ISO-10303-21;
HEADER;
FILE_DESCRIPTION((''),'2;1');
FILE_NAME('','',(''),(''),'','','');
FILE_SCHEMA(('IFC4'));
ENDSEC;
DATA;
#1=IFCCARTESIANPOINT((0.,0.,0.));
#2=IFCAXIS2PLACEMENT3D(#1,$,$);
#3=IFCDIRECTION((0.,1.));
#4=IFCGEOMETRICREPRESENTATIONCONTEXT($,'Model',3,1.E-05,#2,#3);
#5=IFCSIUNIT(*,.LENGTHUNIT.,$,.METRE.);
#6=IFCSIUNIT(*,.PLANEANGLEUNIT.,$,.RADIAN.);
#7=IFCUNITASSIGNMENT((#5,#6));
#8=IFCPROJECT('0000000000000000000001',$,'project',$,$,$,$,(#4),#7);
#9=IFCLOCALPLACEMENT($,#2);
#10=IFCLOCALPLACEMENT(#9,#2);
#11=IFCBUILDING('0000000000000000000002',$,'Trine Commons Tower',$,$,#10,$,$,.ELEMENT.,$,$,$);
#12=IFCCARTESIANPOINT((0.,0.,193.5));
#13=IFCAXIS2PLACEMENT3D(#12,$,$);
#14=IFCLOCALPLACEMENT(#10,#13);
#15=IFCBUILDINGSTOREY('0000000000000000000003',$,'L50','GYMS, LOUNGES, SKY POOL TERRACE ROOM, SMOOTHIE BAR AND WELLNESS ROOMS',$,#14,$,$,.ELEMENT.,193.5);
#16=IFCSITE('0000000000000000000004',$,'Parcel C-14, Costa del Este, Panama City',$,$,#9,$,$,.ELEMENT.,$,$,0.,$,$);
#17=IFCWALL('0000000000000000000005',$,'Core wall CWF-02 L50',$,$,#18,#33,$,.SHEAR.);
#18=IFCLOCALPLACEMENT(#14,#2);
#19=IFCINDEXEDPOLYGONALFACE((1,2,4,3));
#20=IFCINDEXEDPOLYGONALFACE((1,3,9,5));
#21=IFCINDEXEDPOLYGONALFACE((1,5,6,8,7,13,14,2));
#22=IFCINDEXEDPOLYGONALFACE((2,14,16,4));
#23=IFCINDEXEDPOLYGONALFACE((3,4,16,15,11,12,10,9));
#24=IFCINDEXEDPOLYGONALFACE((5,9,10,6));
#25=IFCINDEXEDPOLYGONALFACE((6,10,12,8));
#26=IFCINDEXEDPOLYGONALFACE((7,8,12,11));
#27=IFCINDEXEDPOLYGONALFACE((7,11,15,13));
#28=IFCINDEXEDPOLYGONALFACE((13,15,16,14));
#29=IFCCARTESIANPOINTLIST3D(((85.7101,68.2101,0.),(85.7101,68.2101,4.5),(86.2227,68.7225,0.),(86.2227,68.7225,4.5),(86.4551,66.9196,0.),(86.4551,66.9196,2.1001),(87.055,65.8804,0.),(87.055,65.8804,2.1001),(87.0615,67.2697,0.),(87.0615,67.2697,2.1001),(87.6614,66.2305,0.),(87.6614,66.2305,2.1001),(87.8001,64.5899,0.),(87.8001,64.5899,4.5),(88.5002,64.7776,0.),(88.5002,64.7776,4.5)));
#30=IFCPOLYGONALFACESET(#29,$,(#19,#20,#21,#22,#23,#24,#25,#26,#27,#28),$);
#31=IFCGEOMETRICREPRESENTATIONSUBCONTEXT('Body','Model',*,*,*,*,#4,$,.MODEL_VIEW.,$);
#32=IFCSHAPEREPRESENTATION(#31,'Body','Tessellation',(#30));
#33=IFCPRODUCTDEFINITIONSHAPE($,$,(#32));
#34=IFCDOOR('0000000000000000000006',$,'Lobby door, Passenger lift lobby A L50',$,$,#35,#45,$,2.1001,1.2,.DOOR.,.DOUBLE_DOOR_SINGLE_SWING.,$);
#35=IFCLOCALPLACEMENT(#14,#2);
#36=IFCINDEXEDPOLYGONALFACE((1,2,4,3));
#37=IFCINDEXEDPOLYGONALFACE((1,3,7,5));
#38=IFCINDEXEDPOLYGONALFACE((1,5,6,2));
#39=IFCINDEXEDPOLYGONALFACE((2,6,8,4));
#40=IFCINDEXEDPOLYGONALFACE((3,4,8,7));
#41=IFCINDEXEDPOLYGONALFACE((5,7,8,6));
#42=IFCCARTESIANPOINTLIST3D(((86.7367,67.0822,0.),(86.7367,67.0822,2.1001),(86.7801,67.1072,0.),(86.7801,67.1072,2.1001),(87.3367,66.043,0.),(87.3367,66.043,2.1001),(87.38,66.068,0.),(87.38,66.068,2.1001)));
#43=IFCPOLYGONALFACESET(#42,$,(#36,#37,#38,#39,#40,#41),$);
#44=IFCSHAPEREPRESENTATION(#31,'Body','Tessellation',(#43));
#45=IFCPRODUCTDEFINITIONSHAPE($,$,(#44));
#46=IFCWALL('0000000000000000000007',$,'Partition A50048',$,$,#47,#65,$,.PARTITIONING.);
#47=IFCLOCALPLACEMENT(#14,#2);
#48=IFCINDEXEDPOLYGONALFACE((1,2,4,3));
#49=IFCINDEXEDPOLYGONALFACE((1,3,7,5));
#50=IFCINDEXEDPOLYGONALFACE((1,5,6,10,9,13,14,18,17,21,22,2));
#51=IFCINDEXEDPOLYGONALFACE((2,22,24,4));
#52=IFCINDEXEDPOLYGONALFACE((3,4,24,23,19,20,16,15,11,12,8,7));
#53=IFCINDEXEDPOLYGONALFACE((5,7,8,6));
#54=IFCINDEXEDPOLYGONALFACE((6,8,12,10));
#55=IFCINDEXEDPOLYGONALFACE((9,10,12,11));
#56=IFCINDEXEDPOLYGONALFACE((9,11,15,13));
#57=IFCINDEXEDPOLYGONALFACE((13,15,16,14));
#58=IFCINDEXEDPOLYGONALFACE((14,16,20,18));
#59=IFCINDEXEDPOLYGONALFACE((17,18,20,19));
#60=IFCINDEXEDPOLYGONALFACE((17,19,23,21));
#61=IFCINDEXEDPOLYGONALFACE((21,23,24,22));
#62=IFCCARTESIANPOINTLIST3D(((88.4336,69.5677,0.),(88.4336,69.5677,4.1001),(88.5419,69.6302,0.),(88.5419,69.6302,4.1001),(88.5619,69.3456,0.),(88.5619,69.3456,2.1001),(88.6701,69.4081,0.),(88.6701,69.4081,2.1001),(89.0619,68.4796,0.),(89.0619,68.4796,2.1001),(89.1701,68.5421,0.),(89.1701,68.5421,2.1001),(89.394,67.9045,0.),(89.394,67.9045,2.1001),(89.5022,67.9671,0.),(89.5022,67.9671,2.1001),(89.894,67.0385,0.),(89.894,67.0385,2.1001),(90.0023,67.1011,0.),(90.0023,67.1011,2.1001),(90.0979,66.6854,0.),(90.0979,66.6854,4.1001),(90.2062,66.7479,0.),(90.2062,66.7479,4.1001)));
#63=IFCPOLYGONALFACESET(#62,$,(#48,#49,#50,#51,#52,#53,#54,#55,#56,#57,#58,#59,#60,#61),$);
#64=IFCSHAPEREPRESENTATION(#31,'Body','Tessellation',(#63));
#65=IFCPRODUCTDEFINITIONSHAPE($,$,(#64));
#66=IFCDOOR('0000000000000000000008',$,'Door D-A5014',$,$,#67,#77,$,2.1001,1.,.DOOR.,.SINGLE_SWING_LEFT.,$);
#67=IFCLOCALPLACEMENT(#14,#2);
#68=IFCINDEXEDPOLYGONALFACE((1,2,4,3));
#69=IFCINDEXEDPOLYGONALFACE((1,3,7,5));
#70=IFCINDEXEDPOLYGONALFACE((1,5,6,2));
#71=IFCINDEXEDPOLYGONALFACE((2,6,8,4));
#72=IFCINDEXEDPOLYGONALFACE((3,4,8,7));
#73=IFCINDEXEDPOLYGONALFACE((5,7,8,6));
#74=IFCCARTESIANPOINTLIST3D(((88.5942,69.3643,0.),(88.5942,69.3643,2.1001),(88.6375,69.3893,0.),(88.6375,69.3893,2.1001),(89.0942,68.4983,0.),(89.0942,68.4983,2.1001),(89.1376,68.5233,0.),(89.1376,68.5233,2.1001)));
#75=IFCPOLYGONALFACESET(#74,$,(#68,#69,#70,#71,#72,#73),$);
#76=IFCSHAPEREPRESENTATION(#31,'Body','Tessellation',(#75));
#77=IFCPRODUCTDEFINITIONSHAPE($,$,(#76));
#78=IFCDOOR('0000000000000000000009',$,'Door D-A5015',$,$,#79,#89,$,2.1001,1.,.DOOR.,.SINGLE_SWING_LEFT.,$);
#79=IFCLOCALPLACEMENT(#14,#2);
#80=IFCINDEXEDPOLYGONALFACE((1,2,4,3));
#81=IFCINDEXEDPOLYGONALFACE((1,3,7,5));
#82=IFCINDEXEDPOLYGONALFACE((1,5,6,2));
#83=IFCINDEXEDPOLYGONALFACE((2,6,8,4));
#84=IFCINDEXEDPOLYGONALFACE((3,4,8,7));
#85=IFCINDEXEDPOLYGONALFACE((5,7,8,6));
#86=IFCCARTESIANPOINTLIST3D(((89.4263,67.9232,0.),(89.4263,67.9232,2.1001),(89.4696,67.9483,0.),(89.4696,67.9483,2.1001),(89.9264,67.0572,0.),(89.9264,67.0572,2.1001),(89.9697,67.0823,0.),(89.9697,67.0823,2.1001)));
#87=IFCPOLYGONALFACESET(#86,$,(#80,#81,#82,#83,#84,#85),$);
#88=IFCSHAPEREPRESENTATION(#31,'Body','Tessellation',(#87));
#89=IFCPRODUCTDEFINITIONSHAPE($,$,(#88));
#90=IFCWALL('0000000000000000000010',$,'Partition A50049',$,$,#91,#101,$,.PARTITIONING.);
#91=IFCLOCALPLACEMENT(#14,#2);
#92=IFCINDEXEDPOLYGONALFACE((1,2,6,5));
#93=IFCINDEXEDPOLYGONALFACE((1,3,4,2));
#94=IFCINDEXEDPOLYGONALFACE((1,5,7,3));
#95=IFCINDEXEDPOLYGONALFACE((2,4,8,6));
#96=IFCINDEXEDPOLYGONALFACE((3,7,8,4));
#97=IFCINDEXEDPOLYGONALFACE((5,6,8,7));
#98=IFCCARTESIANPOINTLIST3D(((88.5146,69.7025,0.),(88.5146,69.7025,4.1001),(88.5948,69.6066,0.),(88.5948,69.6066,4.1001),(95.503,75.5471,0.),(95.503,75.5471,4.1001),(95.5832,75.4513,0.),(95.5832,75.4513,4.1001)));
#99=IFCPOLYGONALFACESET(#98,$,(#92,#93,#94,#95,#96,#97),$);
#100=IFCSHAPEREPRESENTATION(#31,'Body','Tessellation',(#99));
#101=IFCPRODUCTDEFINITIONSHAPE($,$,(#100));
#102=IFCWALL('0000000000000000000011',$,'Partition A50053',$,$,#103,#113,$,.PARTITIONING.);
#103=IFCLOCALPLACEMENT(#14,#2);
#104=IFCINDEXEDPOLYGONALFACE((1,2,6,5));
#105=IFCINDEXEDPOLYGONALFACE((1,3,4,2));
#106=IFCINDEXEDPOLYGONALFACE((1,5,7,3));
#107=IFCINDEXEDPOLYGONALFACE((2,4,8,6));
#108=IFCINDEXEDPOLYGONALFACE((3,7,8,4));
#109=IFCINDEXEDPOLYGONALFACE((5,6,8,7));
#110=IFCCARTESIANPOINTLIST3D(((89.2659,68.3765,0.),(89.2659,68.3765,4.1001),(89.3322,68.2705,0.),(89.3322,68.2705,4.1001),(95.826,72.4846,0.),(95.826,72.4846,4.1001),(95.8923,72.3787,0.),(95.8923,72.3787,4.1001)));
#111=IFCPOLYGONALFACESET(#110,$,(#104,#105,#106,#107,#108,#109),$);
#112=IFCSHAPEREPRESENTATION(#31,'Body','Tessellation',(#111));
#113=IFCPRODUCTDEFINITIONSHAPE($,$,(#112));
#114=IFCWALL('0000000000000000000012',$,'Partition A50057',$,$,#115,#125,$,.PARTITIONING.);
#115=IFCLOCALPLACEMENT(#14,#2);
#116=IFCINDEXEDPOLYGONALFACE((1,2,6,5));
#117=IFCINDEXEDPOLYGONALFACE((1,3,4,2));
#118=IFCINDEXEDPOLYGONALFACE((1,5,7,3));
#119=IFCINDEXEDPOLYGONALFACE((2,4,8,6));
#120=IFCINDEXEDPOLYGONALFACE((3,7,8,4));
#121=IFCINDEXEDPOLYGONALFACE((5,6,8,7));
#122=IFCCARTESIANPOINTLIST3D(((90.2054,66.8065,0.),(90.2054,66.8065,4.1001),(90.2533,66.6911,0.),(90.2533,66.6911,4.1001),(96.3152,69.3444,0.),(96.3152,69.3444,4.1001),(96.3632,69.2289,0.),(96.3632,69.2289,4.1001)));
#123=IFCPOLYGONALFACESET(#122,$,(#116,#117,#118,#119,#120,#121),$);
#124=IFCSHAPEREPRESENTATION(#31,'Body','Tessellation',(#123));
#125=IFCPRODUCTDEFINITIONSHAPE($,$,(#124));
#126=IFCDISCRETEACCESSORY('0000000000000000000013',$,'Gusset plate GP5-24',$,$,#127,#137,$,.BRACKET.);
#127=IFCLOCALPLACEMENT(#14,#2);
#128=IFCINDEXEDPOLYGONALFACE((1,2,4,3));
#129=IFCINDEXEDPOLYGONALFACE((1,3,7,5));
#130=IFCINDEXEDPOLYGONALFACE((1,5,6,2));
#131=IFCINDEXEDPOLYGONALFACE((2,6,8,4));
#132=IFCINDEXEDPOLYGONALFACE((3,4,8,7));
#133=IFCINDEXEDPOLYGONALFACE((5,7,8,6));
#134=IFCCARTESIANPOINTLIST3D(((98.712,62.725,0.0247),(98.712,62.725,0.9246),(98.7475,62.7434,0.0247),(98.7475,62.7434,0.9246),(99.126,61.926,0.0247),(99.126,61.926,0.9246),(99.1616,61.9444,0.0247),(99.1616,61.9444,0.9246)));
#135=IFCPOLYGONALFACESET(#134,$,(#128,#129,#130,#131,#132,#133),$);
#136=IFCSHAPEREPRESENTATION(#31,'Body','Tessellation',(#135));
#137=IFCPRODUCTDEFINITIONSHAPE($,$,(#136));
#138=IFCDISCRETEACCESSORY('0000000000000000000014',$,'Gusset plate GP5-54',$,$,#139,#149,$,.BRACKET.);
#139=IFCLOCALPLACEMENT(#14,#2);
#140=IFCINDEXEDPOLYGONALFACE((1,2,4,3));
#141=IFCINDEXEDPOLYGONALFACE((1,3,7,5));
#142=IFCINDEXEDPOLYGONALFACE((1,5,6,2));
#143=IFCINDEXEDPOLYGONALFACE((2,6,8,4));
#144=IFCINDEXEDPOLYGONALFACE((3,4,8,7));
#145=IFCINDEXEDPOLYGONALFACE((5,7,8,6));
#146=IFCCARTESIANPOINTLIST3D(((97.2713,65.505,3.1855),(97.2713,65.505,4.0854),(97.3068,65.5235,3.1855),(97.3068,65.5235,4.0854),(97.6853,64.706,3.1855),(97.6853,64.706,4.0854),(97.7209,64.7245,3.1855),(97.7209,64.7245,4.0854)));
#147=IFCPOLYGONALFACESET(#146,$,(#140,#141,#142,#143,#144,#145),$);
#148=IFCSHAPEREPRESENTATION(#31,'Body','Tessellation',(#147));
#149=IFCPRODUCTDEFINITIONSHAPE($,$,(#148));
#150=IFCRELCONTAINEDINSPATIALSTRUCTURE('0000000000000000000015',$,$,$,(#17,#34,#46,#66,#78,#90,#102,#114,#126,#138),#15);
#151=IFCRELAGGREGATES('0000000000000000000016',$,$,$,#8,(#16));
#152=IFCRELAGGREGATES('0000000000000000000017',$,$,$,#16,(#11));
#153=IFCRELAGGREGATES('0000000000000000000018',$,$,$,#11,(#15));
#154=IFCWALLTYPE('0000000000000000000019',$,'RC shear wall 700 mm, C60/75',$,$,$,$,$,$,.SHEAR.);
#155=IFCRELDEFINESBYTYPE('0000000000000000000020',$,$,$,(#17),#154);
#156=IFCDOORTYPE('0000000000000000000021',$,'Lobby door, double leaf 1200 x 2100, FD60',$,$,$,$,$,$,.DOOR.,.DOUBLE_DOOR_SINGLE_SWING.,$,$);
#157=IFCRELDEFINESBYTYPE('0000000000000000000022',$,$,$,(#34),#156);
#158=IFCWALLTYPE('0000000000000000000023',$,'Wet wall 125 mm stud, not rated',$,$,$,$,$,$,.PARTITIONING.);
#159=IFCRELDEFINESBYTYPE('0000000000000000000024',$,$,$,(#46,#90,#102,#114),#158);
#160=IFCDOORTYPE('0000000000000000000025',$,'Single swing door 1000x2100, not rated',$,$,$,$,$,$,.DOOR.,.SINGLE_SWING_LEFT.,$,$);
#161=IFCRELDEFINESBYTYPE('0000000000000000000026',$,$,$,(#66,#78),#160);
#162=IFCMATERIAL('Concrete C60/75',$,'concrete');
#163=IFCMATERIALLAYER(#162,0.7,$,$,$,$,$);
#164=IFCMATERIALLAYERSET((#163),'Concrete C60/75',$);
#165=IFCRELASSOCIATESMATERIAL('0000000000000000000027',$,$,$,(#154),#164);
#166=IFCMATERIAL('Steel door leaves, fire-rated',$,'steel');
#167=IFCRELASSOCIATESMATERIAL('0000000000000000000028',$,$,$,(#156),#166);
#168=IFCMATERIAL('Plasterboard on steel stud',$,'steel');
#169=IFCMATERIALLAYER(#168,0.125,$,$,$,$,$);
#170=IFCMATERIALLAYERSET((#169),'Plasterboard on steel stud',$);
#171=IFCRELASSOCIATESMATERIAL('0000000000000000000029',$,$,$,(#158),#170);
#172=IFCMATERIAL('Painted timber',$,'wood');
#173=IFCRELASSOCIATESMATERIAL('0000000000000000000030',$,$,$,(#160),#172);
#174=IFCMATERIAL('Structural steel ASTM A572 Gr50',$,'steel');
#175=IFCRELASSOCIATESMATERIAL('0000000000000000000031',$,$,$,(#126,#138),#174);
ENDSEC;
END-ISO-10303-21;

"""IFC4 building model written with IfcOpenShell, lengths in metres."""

from ifc_helpers import new_model, si_unit, direction, frame, frame_2d, origin, origin_2d, place, context, subcontext, project, spatial, polyline, rectangle, outline, extrude, material, layer, layer_set, type_object, element, fill, save


model = new_model("IFC4")

# Units and contexts
model_context = context("Model", 3, precision=1e-05, world=origin(), true_north=direction((0.0, 1.0)))
body_context = subcontext(model_context, "Body", "Model", "MODEL_VIEW")
ifc_project = project(units=[si_unit("LENGTHUNIT", "METRE"), si_unit("PLANEANGLEUNIT", "RADIAN")], contexts=[model_context])

# Site, building, storey
site_placement = place(None, origin())
site = spatial("IfcSite", under=ifc_project, at=site_placement, Name="Parcel C-14, Costa del Este, Panama City", CompositionType="ELEMENT", RefElevation=0.0)
building_placement = place(site_placement, origin())
building = spatial("IfcBuilding", under=site, at=building_placement, Name="Trine Commons Tower", CompositionType="ELEMENT")
storey_placement = place(building_placement, frame((0.0, 0.0, 193.5)))
storey = spatial("IfcBuildingStorey", under=building, at=storey_placement, Name="L50", Description="GYMS, LOUNGES, SKY POOL TERRACE ROOM, SMOOTHIE BAR AND WELLNESS ROOMS", CompositionType="ELEMENT", Elevation=193.5)

# Shared definitions
ifc_material_1 = material(Name="Plasterboard on steel stud", Category="steel")

# Wall, opening, door
ifc_material_2 = material(Name="Concrete C60/75", Category="concrete")
ifc_layer_1 = layer(ifc_material_2, 0.7)
ifc_layer_set_1 = layer_set([ifc_layer_1], Name="Concrete C60/75")
wall_type_1 = type_object("IfcWallType", Name="RC shear wall 700 mm, C60/75", PredefinedType="SHEAR", material=ifc_layer_set_1)
wall_1_placement = place(storey_placement, frame((88.197, 64.6025, 0.0), z_axis=(0.0, 0.0, 1.0), x_axis=(-0.499984, 0.866035, 0.0)))
wall_1 = element("IfcWall", 1, at=wall_1_placement, inside=storey, type_object=wall_type_1, Name="Core wall CWF-02 L50", PredefinedType="SHEAR", context=body_context, shape_type="SweptSolid", body=[
    extrude(outline(polyline([(0.0, -0.3501), (4.5552, -0.3501), (4.3677, 0.3501), (0.1875, 0.3501), (0.0, -0.3501)])), origin(), (0.0, 0.0, 1.0), 4.5),
])
opening_1_placement = place(wall_1_placement, frame((1.6775, 0.0, 0.0)))
opening_1 = element("IfcOpeningElement", 2, at=opening_1_placement, cuts=wall_1, PredefinedType="OPENING", context=body_context, shape_type="SweptSolid", body=[
    extrude(rectangle(XDim=1.2, YDim=2.1001, at=frame_2d((0.6001, 1.05))), frame((0.0, 0.3599, 0.0), z_axis=(0.0, -1.0, 0.0), x_axis=(1.0, 0.0, 0.0)), (0.0, 0.0, 1.0), 0.72),
])
ifc_material_3 = material(Name="Steel door leaves, fire-rated", Category="steel")
door_type_1 = type_object("IfcDoorType", Name="Lobby door, double leaf 1200 x 2100, FD60", OperationType="DOUBLE_DOOR_SINGLE_SWING", PredefinedType="DOOR", material=ifc_material_3)
door_1_placement = place(opening_1_placement, origin())
door_1 = element("IfcDoor", 3, at=door_1_placement, inside=storey, type_object=door_type_1, Name="Lobby door, Passenger lift lobby A L50", OperationType="DOUBLE_DOOR_SINGLE_SWING", OverallHeight=2.1001, OverallWidth=1.2, PredefinedType="DOOR", context=body_context, shape_type="SweptSolid", body=[
    extrude(rectangle(XDim=1.2, YDim=2.1001, at=frame_2d((0.6001, 1.05))), frame((0.0, 0.0249, 0.0), z_axis=(0.0, -1.0, 0.0), x_axis=(1.0, 0.0, 0.0)), (0.0, 0.0, 1.0), 0.05),
])
fill(opening_1, door_1)

# Wall, openings, doors
ifc_layer_2 = layer(ifc_material_1, 0.125)
ifc_layer_set_2 = layer_set([ifc_layer_2], Name="Plasterboard on steel stud")
wall_type_2 = type_object("IfcWallType", Name="Wet wall 125 mm stud, not rated", PredefinedType="PARTITIONING", material=ifc_layer_set_2)
wall_2_placement = place(storey_placement, frame((88.4878, 69.5989, 0.0), z_axis=(0.0, 0.0, 1.0), x_axis=(0.500044, -0.866, 0.0)))
wall_2 = element("IfcWall", 4, at=wall_2_placement, inside=storey, type_object=wall_type_2, Name="Partition A50048", PredefinedType="PARTITIONING", context=body_context, shape_type="SweptSolid", body=[
    extrude(rectangle(XDim=3.3284, YDim=0.125, at=frame_2d((1.6641, 0.0))), origin(), (0.0, 0.0, 1.0), 4.1001),
])
opening_2_placement = place(wall_2_placement, frame((0.2563, 0.0, 0.0)))
opening_2 = element("IfcOpeningElement", 5, at=opening_2_placement, cuts=wall_2, PredefinedType="OPENING", context=body_context, shape_type="SweptSolid", body=[
    extrude(rectangle(XDim=1.0, YDim=2.1001, at=frame_2d((0.5, 1.05))), frame((0.0, 0.0725, 0.0), z_axis=(0.0, -1.0, 0.0), x_axis=(1.0, 0.0, 0.0)), (0.0, 0.0, 1.0), 0.145),
])
opening_3_placement = place(wall_2_placement, frame((1.9204, 0.0, 0.0)))
opening_3 = element("IfcOpeningElement", 6, at=opening_3_placement, cuts=wall_2, PredefinedType="OPENING", context=body_context, shape_type="SweptSolid", body=[
    extrude(rectangle(XDim=1.0, YDim=2.1001, at=frame_2d((0.5, 1.05))), frame((0.0, 0.0725, 0.0), z_axis=(0.0, -1.0, 0.0), x_axis=(1.0, 0.0, 0.0)), (0.0, 0.0, 1.0), 0.145),
])
ifc_material_4 = material(Name="Painted timber", Category="wood")
door_type_2 = type_object("IfcDoorType", Name="Single swing door 1000x2100, not rated", OperationType="SINGLE_SWING_LEFT", PredefinedType="DOOR", material=ifc_material_4)
door_2_placement = place(opening_2_placement, origin())
door_2 = element("IfcDoor", 7, at=door_2_placement, inside=storey, type_object=door_type_2, Name="Door D-A5014", OperationType="SINGLE_SWING_LEFT", OverallHeight=2.1001, OverallWidth=1.0, PredefinedType="DOOR", context=body_context, shape_type="SweptSolid", body=[
    extrude(rectangle(XDim=1.0, YDim=2.1001, at=frame_2d((0.5, 1.05))), frame((0.0, 0.0249, 0.0), z_axis=(0.0, -1.0, 0.0), x_axis=(1.0, 0.0, 0.0)), (0.0, 0.0, 1.0), 0.05),
])
fill(opening_2, door_2)
door_3_placement = place(opening_3_placement, origin())
door_3 = element("IfcDoor", 8, at=door_3_placement, inside=storey, type_object=door_type_2, Name="Door D-A5015", OperationType="SINGLE_SWING_LEFT", OverallHeight=2.1001, OverallWidth=1.0, PredefinedType="DOOR", context=body_context, shape_type="SweptSolid", body=[
    extrude(rectangle(XDim=1.0, YDim=2.1001, at=frame_2d((0.5, 1.05))), frame((0.0, 0.0249, 0.0), z_axis=(0.0, -1.0, 0.0), x_axis=(1.0, 0.0, 0.0)), (0.0, 0.0, 1.0), 0.05),
])
fill(opening_3, door_3)

# Walls
wall_3_placement = place(storey_placement, frame((88.5547, 69.6545, 0.0), z_axis=(0.0, 0.0, 1.0), x_axis=(0.767089, 0.641541, 0.0)))
element("IfcWall", 9, at=wall_3_placement, inside=storey, type_object=wall_type_2, Name="Partition A50049", PredefinedType="PARTITIONING", context=body_context, shape_type="SweptSolid", body=[
    extrude(rectangle(XDim=9.1104, YDim=0.125, at=frame_2d((4.5552, 0.0))), origin(), (0.0, 0.0, 1.0), 4.1001),
])
wall_4_placement = place(storey_placement, frame((89.2991, 68.3235, 0.0), z_axis=(0.0, 0.0, 1.0), x_axis=(0.847527, 0.530753, 0.0)))
element("IfcWall", 10, at=wall_4_placement, inside=storey, type_object=wall_type_2, Name="Partition A50053", PredefinedType="PARTITIONING", context=body_context, shape_type="SweptSolid", body=[
    extrude(rectangle(XDim=7.7402, YDim=0.125, at=frame_2d((3.8701, 0.0))), origin(), (0.0, 0.0, 1.0), 4.1001),
])
wall_5_placement = place(storey_placement, frame((90.2292, 66.7488, 0.0), z_axis=(0.0, 0.0, 1.0), x_axis=(0.923502, 0.383593, 0.0)))
element("IfcWall", 11, at=wall_5_placement, inside=storey, type_object=wall_type_2, Name="Partition A50057", PredefinedType="PARTITIONING", context=body_context, shape_type="SweptSolid", body=[
    extrude(rectangle(XDim=6.616, YDim=0.125, at=frame_2d((3.3081, 0.0))), origin(), (0.0, 0.0, 1.0), 4.1001),
])

# Discrete accessories
ifc_material_5 = material(Name="Structural steel ASTM A572 Gr50", Category="steel")
for number, where, z_axis, x_axis, name in (
    (12, (98.9368, 62.3347, 0.0247), (0.0, 0.0, 1.0), (-0.460107, 0.887864, 0.0), "Gusset plate GP5-24"),
    (13, (97.4961, 65.1147, 3.1855), (0.0, 0.0, 1.0), (-0.460107, 0.887864, 0.0), "Gusset plate GP5-54"),
):
    element("IfcDiscreteAccessory", number, at=place(storey_placement, frame(where, z_axis=z_axis, x_axis=x_axis)), inside=storey, material=ifc_material_5, Name=name, PredefinedType="BRACKET", context=body_context, shape_type="SweptSolid", body=[
        extrude(rectangle(XDim=0.8999, YDim=0.04, at=origin_2d()), origin(), (0.0, 0.0, 1.0), 0.8999),
    ])

save(model, "model.ifc")
